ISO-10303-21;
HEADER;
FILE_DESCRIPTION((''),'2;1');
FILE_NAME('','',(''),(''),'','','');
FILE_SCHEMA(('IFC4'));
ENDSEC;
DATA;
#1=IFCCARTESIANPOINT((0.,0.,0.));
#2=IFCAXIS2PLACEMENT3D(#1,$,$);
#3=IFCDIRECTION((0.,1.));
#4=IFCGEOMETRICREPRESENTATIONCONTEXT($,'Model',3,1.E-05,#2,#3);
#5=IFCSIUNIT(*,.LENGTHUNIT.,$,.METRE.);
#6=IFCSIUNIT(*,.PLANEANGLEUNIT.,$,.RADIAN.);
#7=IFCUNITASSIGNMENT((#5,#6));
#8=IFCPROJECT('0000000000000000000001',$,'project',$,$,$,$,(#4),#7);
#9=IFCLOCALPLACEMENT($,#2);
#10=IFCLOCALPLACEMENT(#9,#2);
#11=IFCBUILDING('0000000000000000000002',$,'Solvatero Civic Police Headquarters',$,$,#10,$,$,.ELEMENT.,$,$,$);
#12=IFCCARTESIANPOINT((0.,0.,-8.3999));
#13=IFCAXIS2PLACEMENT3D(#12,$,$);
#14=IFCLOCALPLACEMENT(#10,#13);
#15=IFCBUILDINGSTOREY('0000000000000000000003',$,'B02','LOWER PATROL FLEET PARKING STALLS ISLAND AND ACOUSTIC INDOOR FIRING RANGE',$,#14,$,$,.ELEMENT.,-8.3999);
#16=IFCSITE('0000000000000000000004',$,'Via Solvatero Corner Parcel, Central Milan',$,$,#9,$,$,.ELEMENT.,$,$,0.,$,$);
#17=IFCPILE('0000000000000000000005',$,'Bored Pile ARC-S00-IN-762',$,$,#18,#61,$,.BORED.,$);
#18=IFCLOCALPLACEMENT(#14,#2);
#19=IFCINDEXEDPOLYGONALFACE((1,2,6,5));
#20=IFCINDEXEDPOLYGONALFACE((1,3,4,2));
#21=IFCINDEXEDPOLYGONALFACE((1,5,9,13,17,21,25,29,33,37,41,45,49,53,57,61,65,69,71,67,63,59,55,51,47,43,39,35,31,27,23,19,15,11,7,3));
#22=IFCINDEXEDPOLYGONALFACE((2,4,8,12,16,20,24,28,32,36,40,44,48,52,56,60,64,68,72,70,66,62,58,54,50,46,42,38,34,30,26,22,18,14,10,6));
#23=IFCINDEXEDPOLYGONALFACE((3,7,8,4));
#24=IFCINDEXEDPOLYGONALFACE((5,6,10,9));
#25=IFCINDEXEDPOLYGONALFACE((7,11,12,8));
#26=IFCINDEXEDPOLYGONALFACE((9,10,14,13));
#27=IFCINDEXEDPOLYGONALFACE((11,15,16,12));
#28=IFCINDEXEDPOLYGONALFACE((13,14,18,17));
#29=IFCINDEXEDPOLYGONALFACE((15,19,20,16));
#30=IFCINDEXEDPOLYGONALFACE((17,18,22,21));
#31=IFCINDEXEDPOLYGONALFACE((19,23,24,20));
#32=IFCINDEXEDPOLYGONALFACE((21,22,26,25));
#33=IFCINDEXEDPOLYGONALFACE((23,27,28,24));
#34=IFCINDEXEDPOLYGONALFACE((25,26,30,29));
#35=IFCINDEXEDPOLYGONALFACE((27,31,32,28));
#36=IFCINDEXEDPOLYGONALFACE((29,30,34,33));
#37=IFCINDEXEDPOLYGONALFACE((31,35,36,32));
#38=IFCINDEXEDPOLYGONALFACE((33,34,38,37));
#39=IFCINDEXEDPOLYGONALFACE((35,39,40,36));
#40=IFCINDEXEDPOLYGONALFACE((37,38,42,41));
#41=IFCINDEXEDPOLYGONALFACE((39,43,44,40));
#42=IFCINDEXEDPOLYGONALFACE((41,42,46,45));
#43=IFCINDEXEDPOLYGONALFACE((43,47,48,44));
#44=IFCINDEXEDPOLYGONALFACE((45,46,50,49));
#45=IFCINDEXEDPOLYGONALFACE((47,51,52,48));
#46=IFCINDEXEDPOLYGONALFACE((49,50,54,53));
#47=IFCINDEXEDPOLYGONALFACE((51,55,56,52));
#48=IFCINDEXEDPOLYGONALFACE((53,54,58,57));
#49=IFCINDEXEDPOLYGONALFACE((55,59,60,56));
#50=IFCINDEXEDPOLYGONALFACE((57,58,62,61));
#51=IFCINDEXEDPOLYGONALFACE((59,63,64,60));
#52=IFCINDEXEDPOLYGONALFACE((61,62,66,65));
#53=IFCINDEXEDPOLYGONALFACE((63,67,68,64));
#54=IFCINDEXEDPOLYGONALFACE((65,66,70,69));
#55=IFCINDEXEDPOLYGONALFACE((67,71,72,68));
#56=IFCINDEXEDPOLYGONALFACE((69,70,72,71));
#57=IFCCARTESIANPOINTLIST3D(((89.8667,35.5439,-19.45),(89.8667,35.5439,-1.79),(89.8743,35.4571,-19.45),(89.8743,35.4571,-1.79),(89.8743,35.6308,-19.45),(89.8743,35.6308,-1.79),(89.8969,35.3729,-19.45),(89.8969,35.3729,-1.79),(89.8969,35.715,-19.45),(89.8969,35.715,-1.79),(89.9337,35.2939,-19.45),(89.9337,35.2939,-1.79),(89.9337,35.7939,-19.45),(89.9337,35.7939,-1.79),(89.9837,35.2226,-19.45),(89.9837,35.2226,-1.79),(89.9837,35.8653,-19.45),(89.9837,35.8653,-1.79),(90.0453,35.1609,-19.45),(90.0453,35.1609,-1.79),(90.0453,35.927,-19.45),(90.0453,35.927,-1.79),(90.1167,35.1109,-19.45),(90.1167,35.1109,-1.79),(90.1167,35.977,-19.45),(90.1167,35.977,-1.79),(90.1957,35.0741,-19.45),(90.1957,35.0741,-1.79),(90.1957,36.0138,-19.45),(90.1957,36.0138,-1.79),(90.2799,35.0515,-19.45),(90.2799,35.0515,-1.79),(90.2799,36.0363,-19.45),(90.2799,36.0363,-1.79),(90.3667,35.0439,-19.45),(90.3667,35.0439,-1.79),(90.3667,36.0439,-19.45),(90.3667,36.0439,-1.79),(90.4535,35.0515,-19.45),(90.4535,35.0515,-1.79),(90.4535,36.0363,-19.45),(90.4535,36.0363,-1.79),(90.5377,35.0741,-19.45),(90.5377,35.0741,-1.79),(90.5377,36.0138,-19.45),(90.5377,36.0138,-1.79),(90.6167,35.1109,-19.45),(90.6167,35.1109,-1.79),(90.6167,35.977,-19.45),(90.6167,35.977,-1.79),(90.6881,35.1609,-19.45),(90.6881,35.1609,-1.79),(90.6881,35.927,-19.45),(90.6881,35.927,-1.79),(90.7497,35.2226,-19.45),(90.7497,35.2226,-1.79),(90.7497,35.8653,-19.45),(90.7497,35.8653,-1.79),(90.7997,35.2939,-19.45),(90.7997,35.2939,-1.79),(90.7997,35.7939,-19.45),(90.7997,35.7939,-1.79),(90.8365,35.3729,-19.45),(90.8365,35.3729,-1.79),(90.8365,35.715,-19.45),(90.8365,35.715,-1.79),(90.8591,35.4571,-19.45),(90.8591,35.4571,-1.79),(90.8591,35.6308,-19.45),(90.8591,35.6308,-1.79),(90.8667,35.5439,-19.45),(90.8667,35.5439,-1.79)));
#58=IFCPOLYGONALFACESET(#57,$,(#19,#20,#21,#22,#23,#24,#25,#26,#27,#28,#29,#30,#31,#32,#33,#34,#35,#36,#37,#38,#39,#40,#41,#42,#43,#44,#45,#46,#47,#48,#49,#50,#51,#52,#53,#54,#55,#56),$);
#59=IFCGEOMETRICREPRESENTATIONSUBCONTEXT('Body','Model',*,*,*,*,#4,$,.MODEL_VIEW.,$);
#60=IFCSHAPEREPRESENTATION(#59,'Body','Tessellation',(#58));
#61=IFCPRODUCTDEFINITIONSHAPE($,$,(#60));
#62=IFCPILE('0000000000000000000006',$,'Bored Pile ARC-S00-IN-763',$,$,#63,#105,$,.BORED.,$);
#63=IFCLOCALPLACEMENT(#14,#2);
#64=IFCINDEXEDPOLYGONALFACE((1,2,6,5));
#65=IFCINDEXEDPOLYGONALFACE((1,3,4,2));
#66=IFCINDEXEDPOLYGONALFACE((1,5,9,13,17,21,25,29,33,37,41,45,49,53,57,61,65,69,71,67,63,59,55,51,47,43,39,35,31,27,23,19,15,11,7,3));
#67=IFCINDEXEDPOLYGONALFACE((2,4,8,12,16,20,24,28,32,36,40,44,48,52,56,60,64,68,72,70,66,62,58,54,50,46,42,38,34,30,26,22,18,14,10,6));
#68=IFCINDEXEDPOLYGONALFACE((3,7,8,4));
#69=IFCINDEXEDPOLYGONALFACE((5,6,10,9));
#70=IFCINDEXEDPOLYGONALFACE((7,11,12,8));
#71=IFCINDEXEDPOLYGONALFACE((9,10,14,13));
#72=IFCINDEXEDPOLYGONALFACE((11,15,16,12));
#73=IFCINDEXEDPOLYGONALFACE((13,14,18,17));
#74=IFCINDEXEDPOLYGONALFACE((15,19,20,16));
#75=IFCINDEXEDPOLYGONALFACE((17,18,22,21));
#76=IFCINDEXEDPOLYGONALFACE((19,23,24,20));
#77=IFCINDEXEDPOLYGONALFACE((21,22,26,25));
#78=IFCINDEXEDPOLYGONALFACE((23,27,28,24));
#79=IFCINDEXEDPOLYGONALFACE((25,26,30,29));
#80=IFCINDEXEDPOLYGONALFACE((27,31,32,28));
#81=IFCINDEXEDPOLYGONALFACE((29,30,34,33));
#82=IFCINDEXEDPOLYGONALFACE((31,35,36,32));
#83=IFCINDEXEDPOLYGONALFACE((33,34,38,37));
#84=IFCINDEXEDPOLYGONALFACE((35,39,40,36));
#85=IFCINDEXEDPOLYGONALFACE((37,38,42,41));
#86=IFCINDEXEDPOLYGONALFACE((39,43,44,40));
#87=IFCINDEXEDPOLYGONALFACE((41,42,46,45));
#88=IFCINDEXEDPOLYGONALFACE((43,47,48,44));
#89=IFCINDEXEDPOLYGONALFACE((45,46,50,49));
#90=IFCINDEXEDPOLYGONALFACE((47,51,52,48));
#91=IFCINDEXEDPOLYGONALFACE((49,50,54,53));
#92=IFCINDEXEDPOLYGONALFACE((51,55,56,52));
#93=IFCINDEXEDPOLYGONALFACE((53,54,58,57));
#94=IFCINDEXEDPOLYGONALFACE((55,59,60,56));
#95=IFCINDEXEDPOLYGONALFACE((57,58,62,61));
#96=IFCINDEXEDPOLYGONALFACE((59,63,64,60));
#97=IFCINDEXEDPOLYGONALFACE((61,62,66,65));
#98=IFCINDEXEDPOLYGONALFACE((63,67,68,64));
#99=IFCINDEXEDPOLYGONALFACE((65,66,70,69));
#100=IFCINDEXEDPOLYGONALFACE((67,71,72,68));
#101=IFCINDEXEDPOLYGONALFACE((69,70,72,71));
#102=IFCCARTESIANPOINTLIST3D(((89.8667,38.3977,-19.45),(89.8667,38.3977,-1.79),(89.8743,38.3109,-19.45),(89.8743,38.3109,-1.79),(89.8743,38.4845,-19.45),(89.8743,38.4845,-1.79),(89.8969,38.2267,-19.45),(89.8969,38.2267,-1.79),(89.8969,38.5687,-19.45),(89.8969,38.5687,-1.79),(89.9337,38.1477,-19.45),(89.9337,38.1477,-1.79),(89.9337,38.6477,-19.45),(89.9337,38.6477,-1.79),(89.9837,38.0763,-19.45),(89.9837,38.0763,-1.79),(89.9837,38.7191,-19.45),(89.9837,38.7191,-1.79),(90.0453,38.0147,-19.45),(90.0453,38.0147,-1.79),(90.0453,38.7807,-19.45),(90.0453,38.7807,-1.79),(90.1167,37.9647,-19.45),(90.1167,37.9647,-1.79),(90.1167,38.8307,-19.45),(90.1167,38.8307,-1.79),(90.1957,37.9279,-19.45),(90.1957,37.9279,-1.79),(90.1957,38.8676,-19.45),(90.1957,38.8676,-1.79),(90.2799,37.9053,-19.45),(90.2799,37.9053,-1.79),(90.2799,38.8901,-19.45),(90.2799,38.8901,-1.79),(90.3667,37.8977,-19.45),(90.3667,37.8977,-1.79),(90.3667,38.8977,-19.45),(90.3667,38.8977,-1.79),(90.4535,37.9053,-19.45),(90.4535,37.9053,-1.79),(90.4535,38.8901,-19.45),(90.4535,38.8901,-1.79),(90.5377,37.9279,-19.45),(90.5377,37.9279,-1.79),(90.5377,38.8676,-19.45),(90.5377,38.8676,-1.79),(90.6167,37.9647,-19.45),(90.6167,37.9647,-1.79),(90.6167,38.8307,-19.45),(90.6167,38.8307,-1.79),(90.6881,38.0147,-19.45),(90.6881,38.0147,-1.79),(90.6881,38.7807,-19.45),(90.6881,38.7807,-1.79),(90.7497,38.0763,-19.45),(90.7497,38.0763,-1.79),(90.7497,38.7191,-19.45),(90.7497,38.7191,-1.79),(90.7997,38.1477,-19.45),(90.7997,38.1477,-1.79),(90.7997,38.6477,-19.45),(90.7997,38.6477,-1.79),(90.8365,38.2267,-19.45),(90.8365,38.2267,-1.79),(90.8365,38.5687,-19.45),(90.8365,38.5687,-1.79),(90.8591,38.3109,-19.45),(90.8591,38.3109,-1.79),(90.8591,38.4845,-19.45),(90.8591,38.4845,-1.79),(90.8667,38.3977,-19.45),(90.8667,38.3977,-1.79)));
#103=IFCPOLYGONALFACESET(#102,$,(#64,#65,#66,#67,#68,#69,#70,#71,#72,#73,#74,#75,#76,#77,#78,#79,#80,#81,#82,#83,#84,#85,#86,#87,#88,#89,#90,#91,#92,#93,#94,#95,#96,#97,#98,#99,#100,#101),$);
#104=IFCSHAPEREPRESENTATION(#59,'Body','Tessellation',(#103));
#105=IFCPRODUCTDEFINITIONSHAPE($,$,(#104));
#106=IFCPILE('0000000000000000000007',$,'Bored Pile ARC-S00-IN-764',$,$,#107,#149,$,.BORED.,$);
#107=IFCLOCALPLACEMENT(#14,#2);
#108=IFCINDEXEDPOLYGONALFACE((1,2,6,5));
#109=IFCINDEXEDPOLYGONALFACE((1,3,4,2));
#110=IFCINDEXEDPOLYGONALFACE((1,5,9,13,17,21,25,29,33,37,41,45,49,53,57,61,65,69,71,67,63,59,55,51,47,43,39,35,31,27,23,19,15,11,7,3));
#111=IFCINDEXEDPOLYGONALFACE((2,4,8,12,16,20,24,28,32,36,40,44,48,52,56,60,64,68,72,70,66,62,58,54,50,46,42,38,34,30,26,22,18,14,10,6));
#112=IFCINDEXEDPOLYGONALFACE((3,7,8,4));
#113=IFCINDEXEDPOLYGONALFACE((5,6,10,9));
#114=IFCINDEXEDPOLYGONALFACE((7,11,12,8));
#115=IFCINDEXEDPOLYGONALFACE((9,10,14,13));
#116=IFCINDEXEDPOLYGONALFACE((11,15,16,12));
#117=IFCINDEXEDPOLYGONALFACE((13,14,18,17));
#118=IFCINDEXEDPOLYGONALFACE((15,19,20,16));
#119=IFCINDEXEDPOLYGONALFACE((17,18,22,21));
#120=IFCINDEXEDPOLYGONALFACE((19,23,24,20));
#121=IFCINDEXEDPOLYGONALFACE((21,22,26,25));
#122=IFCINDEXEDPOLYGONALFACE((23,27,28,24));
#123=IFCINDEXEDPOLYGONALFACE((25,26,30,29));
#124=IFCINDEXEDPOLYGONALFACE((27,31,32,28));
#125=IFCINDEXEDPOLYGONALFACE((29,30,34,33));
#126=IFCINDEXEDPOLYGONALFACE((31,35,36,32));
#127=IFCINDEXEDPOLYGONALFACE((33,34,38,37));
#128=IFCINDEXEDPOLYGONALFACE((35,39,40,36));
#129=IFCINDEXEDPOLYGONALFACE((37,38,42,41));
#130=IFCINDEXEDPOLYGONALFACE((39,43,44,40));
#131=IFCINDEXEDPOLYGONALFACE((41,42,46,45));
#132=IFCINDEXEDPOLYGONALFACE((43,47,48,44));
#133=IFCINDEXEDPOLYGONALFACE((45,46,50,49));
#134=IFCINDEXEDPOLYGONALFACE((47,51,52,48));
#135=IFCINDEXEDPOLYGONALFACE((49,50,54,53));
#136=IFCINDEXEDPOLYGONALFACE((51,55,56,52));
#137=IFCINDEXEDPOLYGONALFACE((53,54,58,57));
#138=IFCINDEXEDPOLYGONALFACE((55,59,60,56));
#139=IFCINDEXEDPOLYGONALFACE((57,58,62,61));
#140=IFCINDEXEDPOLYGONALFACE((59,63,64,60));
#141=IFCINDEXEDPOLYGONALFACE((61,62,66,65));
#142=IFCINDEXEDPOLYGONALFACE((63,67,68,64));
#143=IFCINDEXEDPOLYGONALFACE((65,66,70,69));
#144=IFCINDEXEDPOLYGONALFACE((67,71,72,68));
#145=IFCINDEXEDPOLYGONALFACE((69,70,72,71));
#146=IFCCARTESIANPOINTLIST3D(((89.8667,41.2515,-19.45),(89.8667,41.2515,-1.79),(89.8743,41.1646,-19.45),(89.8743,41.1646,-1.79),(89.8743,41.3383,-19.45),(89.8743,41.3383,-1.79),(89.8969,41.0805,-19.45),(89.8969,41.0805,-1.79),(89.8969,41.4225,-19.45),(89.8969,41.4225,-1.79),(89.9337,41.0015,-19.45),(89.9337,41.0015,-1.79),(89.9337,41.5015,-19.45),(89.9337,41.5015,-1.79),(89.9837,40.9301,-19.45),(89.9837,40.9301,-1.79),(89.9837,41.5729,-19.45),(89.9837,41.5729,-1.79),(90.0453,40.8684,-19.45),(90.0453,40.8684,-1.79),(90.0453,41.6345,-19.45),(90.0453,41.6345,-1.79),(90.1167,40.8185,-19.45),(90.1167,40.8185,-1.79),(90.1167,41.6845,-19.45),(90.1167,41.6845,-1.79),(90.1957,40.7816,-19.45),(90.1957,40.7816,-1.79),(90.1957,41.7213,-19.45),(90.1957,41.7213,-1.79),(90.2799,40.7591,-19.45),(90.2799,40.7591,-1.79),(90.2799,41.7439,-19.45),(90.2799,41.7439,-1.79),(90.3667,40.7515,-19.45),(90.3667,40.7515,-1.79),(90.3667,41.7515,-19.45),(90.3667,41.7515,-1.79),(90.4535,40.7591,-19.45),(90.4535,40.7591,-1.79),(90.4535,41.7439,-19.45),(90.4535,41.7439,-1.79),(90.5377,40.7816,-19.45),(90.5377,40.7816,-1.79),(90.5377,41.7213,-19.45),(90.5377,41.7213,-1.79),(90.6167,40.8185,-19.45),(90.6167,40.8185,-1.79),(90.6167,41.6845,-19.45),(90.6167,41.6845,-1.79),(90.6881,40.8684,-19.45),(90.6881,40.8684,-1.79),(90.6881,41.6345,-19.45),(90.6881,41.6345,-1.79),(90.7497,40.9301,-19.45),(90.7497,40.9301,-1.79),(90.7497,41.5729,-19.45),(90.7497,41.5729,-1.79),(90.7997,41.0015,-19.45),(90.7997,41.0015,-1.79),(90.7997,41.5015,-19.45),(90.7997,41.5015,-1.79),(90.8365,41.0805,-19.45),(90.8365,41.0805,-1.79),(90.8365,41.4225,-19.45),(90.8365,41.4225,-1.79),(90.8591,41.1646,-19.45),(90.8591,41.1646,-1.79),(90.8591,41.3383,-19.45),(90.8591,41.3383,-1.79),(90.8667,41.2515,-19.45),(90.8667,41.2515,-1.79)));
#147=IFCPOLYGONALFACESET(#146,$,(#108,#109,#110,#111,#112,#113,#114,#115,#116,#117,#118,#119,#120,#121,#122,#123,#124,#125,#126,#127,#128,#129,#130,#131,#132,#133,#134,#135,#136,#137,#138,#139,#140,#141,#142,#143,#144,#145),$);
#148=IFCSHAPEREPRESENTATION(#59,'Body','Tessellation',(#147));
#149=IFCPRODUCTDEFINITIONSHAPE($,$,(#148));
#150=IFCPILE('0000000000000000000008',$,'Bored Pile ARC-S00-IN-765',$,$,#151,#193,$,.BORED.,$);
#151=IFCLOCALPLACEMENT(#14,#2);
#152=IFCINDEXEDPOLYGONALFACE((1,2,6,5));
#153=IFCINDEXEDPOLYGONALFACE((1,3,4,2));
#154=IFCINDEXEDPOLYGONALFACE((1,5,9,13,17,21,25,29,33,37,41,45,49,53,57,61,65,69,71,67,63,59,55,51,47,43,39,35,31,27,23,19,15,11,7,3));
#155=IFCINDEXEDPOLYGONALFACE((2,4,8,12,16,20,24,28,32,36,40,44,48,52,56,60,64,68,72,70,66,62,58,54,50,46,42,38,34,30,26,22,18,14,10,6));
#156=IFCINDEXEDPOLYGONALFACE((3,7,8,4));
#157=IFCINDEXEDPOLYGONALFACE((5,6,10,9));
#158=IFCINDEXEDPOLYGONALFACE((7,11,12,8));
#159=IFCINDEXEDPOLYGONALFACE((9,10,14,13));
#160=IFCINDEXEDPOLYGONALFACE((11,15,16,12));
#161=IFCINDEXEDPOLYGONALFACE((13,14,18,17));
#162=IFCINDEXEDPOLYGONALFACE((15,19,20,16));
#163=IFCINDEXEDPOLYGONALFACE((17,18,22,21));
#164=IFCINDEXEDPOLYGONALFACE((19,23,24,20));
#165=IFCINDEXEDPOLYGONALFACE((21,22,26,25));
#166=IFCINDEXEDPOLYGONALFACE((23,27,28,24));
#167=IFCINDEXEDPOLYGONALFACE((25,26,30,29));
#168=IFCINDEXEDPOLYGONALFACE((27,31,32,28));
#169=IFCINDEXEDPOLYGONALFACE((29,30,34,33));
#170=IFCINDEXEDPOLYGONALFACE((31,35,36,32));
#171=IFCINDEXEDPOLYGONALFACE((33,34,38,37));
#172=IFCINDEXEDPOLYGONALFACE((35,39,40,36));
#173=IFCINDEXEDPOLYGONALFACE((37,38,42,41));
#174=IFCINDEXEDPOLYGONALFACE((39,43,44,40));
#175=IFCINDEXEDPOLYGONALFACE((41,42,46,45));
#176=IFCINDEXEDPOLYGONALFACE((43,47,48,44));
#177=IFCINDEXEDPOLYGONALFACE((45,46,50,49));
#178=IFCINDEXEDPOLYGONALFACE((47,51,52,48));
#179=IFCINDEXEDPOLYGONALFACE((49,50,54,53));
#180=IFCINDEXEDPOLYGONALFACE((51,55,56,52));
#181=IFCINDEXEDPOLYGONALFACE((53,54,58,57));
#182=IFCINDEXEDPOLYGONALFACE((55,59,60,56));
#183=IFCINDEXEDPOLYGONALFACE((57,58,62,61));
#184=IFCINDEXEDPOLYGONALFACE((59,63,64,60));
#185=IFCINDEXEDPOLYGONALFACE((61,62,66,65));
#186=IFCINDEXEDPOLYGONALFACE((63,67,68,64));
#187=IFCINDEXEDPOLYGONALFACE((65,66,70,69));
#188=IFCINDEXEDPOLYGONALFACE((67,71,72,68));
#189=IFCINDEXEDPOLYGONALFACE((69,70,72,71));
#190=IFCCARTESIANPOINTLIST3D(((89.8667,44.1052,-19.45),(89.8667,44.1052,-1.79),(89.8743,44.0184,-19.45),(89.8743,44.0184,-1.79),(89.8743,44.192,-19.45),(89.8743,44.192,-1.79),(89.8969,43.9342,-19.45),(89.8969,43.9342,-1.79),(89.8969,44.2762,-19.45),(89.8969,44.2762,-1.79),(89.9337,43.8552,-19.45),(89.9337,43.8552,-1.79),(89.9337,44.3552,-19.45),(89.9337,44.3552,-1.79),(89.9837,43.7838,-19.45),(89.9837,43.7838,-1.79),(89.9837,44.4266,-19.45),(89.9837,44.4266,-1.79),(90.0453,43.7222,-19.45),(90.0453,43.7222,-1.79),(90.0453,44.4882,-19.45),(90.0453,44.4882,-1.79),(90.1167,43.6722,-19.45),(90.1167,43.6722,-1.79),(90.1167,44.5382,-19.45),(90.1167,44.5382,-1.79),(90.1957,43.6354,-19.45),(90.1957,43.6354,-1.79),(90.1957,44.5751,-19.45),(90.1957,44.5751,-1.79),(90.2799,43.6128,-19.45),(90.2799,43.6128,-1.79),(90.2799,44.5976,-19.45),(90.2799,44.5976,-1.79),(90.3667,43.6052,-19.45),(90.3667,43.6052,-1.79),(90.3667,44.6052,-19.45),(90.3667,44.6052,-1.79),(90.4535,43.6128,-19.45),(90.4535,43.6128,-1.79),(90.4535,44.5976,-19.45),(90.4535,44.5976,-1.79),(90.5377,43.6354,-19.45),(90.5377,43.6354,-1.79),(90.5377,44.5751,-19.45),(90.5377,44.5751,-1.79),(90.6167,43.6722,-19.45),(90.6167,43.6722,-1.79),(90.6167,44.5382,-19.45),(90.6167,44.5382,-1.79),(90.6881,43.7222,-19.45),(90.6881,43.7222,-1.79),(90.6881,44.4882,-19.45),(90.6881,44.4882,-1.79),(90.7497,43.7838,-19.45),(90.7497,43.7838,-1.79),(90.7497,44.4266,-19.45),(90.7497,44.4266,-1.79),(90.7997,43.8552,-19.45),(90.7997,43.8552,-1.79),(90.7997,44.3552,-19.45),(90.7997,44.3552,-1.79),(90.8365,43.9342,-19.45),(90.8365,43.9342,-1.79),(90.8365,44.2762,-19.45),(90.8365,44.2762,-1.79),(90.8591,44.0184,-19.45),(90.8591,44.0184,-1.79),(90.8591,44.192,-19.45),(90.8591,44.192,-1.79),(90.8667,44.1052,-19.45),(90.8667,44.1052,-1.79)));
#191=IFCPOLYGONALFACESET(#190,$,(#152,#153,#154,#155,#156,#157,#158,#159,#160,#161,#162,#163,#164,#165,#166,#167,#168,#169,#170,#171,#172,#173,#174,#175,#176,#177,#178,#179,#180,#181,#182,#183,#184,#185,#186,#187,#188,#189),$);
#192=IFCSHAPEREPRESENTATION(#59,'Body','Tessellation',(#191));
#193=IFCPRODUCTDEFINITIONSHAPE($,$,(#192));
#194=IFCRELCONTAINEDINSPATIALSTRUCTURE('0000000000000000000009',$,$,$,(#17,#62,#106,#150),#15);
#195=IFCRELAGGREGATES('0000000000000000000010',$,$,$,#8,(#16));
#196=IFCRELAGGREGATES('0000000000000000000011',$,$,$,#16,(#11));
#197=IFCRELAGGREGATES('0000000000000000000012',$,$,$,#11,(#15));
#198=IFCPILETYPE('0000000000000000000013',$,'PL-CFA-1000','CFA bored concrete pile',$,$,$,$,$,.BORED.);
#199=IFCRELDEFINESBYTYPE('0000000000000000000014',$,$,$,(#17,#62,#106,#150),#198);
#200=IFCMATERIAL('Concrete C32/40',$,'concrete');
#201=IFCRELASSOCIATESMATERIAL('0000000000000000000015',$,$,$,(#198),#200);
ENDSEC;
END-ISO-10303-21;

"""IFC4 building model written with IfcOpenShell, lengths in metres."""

from ifc_helpers import new_model, si_unit, direction, frame, origin, origin_2d, place, context, subcontext, project, spatial, circle, extrude, material, material_profile, profile_set, type_object, element, save


model = new_model("IFC4")

# Units and contexts
model_context = context("Model", 3, precision=1e-05, world=origin(), true_north=direction((0.0, 1.0)))
body_context = subcontext(model_context, "Body", "Model", "MODEL_VIEW")
ifc_project = project(units=[si_unit("LENGTHUNIT", "METRE"), si_unit("PLANEANGLEUNIT", "RADIAN")], contexts=[model_context])

# Site, building, storey
site_placement = place(None, origin())
site = spatial("IfcSite", under=ifc_project, at=site_placement, Name="Via Solvatero Corner Parcel, Central Milan", CompositionType="ELEMENT", RefElevation=0.0)
building_placement = place(site_placement, origin())
building = spatial("IfcBuilding", under=site, at=building_placement, Name="Solvatero Civic Police Headquarters", CompositionType="ELEMENT")
storey_placement = place(building_placement, frame((0.0, 0.0, -8.3999)))
storey = spatial("IfcBuildingStorey", under=building, at=storey_placement, Name="B02", Description="LOWER PATROL FLEET PARKING STALLS ISLAND AND ACOUSTIC INDOOR FIRING RANGE", CompositionType="ELEMENT", Elevation=-8.3999)

# Piles
ifc_material_1 = material(Name="Concrete C32/40", Category="concrete")
ifc_material_profile_1 = material_profile(ifc_material_1, circle(Radius=0.5, at=origin_2d()), Name="CFA PILE D1000")
ifc_profile_set_1 = profile_set([ifc_material_profile_1], Name="Concrete C32/40")
pile_type = type_object("IfcPileType", Name="PL-CFA-1000", Description="CFA bored concrete pile", PredefinedType="BORED", material=ifc_profile_set_1)
for number, where, z_axis, x_axis, name in (
    (1, (90.3667, 35.5439, -1.79), (0.0, 0.0, -1.0), (1.0, 0.0, 0.0), "Bored Pile ARC-S00-IN-762"),
    (2, (90.3667, 38.3977, -1.79), (0.0, 0.0, -1.0), (1.0, 0.0, 0.0), "Bored Pile ARC-S00-IN-763"),
    (3, (90.3667, 41.2515, -1.79), (0.0, 0.0, -1.0), (1.0, 0.0, 0.0), "Bored Pile ARC-S00-IN-764"),
    (4, (90.3667, 44.1052, -1.79), (0.0, 0.0, -1.0), (1.0, 0.0, 0.0), "Bored Pile ARC-S00-IN-765"),
):
    element("IfcPile", number, at=place(storey_placement, frame(where, z_axis=z_axis, x_axis=x_axis)), inside=storey, type_object=pile_type, Name=name, PredefinedType="BORED", context=body_context, shape_type="SweptSolid", body=[
        extrude(circle(Radius=0.5, at=origin_2d()), origin(), (0.0, 0.0, 1.0), 17.6599),
    ])

save(model, "model.ifc")
